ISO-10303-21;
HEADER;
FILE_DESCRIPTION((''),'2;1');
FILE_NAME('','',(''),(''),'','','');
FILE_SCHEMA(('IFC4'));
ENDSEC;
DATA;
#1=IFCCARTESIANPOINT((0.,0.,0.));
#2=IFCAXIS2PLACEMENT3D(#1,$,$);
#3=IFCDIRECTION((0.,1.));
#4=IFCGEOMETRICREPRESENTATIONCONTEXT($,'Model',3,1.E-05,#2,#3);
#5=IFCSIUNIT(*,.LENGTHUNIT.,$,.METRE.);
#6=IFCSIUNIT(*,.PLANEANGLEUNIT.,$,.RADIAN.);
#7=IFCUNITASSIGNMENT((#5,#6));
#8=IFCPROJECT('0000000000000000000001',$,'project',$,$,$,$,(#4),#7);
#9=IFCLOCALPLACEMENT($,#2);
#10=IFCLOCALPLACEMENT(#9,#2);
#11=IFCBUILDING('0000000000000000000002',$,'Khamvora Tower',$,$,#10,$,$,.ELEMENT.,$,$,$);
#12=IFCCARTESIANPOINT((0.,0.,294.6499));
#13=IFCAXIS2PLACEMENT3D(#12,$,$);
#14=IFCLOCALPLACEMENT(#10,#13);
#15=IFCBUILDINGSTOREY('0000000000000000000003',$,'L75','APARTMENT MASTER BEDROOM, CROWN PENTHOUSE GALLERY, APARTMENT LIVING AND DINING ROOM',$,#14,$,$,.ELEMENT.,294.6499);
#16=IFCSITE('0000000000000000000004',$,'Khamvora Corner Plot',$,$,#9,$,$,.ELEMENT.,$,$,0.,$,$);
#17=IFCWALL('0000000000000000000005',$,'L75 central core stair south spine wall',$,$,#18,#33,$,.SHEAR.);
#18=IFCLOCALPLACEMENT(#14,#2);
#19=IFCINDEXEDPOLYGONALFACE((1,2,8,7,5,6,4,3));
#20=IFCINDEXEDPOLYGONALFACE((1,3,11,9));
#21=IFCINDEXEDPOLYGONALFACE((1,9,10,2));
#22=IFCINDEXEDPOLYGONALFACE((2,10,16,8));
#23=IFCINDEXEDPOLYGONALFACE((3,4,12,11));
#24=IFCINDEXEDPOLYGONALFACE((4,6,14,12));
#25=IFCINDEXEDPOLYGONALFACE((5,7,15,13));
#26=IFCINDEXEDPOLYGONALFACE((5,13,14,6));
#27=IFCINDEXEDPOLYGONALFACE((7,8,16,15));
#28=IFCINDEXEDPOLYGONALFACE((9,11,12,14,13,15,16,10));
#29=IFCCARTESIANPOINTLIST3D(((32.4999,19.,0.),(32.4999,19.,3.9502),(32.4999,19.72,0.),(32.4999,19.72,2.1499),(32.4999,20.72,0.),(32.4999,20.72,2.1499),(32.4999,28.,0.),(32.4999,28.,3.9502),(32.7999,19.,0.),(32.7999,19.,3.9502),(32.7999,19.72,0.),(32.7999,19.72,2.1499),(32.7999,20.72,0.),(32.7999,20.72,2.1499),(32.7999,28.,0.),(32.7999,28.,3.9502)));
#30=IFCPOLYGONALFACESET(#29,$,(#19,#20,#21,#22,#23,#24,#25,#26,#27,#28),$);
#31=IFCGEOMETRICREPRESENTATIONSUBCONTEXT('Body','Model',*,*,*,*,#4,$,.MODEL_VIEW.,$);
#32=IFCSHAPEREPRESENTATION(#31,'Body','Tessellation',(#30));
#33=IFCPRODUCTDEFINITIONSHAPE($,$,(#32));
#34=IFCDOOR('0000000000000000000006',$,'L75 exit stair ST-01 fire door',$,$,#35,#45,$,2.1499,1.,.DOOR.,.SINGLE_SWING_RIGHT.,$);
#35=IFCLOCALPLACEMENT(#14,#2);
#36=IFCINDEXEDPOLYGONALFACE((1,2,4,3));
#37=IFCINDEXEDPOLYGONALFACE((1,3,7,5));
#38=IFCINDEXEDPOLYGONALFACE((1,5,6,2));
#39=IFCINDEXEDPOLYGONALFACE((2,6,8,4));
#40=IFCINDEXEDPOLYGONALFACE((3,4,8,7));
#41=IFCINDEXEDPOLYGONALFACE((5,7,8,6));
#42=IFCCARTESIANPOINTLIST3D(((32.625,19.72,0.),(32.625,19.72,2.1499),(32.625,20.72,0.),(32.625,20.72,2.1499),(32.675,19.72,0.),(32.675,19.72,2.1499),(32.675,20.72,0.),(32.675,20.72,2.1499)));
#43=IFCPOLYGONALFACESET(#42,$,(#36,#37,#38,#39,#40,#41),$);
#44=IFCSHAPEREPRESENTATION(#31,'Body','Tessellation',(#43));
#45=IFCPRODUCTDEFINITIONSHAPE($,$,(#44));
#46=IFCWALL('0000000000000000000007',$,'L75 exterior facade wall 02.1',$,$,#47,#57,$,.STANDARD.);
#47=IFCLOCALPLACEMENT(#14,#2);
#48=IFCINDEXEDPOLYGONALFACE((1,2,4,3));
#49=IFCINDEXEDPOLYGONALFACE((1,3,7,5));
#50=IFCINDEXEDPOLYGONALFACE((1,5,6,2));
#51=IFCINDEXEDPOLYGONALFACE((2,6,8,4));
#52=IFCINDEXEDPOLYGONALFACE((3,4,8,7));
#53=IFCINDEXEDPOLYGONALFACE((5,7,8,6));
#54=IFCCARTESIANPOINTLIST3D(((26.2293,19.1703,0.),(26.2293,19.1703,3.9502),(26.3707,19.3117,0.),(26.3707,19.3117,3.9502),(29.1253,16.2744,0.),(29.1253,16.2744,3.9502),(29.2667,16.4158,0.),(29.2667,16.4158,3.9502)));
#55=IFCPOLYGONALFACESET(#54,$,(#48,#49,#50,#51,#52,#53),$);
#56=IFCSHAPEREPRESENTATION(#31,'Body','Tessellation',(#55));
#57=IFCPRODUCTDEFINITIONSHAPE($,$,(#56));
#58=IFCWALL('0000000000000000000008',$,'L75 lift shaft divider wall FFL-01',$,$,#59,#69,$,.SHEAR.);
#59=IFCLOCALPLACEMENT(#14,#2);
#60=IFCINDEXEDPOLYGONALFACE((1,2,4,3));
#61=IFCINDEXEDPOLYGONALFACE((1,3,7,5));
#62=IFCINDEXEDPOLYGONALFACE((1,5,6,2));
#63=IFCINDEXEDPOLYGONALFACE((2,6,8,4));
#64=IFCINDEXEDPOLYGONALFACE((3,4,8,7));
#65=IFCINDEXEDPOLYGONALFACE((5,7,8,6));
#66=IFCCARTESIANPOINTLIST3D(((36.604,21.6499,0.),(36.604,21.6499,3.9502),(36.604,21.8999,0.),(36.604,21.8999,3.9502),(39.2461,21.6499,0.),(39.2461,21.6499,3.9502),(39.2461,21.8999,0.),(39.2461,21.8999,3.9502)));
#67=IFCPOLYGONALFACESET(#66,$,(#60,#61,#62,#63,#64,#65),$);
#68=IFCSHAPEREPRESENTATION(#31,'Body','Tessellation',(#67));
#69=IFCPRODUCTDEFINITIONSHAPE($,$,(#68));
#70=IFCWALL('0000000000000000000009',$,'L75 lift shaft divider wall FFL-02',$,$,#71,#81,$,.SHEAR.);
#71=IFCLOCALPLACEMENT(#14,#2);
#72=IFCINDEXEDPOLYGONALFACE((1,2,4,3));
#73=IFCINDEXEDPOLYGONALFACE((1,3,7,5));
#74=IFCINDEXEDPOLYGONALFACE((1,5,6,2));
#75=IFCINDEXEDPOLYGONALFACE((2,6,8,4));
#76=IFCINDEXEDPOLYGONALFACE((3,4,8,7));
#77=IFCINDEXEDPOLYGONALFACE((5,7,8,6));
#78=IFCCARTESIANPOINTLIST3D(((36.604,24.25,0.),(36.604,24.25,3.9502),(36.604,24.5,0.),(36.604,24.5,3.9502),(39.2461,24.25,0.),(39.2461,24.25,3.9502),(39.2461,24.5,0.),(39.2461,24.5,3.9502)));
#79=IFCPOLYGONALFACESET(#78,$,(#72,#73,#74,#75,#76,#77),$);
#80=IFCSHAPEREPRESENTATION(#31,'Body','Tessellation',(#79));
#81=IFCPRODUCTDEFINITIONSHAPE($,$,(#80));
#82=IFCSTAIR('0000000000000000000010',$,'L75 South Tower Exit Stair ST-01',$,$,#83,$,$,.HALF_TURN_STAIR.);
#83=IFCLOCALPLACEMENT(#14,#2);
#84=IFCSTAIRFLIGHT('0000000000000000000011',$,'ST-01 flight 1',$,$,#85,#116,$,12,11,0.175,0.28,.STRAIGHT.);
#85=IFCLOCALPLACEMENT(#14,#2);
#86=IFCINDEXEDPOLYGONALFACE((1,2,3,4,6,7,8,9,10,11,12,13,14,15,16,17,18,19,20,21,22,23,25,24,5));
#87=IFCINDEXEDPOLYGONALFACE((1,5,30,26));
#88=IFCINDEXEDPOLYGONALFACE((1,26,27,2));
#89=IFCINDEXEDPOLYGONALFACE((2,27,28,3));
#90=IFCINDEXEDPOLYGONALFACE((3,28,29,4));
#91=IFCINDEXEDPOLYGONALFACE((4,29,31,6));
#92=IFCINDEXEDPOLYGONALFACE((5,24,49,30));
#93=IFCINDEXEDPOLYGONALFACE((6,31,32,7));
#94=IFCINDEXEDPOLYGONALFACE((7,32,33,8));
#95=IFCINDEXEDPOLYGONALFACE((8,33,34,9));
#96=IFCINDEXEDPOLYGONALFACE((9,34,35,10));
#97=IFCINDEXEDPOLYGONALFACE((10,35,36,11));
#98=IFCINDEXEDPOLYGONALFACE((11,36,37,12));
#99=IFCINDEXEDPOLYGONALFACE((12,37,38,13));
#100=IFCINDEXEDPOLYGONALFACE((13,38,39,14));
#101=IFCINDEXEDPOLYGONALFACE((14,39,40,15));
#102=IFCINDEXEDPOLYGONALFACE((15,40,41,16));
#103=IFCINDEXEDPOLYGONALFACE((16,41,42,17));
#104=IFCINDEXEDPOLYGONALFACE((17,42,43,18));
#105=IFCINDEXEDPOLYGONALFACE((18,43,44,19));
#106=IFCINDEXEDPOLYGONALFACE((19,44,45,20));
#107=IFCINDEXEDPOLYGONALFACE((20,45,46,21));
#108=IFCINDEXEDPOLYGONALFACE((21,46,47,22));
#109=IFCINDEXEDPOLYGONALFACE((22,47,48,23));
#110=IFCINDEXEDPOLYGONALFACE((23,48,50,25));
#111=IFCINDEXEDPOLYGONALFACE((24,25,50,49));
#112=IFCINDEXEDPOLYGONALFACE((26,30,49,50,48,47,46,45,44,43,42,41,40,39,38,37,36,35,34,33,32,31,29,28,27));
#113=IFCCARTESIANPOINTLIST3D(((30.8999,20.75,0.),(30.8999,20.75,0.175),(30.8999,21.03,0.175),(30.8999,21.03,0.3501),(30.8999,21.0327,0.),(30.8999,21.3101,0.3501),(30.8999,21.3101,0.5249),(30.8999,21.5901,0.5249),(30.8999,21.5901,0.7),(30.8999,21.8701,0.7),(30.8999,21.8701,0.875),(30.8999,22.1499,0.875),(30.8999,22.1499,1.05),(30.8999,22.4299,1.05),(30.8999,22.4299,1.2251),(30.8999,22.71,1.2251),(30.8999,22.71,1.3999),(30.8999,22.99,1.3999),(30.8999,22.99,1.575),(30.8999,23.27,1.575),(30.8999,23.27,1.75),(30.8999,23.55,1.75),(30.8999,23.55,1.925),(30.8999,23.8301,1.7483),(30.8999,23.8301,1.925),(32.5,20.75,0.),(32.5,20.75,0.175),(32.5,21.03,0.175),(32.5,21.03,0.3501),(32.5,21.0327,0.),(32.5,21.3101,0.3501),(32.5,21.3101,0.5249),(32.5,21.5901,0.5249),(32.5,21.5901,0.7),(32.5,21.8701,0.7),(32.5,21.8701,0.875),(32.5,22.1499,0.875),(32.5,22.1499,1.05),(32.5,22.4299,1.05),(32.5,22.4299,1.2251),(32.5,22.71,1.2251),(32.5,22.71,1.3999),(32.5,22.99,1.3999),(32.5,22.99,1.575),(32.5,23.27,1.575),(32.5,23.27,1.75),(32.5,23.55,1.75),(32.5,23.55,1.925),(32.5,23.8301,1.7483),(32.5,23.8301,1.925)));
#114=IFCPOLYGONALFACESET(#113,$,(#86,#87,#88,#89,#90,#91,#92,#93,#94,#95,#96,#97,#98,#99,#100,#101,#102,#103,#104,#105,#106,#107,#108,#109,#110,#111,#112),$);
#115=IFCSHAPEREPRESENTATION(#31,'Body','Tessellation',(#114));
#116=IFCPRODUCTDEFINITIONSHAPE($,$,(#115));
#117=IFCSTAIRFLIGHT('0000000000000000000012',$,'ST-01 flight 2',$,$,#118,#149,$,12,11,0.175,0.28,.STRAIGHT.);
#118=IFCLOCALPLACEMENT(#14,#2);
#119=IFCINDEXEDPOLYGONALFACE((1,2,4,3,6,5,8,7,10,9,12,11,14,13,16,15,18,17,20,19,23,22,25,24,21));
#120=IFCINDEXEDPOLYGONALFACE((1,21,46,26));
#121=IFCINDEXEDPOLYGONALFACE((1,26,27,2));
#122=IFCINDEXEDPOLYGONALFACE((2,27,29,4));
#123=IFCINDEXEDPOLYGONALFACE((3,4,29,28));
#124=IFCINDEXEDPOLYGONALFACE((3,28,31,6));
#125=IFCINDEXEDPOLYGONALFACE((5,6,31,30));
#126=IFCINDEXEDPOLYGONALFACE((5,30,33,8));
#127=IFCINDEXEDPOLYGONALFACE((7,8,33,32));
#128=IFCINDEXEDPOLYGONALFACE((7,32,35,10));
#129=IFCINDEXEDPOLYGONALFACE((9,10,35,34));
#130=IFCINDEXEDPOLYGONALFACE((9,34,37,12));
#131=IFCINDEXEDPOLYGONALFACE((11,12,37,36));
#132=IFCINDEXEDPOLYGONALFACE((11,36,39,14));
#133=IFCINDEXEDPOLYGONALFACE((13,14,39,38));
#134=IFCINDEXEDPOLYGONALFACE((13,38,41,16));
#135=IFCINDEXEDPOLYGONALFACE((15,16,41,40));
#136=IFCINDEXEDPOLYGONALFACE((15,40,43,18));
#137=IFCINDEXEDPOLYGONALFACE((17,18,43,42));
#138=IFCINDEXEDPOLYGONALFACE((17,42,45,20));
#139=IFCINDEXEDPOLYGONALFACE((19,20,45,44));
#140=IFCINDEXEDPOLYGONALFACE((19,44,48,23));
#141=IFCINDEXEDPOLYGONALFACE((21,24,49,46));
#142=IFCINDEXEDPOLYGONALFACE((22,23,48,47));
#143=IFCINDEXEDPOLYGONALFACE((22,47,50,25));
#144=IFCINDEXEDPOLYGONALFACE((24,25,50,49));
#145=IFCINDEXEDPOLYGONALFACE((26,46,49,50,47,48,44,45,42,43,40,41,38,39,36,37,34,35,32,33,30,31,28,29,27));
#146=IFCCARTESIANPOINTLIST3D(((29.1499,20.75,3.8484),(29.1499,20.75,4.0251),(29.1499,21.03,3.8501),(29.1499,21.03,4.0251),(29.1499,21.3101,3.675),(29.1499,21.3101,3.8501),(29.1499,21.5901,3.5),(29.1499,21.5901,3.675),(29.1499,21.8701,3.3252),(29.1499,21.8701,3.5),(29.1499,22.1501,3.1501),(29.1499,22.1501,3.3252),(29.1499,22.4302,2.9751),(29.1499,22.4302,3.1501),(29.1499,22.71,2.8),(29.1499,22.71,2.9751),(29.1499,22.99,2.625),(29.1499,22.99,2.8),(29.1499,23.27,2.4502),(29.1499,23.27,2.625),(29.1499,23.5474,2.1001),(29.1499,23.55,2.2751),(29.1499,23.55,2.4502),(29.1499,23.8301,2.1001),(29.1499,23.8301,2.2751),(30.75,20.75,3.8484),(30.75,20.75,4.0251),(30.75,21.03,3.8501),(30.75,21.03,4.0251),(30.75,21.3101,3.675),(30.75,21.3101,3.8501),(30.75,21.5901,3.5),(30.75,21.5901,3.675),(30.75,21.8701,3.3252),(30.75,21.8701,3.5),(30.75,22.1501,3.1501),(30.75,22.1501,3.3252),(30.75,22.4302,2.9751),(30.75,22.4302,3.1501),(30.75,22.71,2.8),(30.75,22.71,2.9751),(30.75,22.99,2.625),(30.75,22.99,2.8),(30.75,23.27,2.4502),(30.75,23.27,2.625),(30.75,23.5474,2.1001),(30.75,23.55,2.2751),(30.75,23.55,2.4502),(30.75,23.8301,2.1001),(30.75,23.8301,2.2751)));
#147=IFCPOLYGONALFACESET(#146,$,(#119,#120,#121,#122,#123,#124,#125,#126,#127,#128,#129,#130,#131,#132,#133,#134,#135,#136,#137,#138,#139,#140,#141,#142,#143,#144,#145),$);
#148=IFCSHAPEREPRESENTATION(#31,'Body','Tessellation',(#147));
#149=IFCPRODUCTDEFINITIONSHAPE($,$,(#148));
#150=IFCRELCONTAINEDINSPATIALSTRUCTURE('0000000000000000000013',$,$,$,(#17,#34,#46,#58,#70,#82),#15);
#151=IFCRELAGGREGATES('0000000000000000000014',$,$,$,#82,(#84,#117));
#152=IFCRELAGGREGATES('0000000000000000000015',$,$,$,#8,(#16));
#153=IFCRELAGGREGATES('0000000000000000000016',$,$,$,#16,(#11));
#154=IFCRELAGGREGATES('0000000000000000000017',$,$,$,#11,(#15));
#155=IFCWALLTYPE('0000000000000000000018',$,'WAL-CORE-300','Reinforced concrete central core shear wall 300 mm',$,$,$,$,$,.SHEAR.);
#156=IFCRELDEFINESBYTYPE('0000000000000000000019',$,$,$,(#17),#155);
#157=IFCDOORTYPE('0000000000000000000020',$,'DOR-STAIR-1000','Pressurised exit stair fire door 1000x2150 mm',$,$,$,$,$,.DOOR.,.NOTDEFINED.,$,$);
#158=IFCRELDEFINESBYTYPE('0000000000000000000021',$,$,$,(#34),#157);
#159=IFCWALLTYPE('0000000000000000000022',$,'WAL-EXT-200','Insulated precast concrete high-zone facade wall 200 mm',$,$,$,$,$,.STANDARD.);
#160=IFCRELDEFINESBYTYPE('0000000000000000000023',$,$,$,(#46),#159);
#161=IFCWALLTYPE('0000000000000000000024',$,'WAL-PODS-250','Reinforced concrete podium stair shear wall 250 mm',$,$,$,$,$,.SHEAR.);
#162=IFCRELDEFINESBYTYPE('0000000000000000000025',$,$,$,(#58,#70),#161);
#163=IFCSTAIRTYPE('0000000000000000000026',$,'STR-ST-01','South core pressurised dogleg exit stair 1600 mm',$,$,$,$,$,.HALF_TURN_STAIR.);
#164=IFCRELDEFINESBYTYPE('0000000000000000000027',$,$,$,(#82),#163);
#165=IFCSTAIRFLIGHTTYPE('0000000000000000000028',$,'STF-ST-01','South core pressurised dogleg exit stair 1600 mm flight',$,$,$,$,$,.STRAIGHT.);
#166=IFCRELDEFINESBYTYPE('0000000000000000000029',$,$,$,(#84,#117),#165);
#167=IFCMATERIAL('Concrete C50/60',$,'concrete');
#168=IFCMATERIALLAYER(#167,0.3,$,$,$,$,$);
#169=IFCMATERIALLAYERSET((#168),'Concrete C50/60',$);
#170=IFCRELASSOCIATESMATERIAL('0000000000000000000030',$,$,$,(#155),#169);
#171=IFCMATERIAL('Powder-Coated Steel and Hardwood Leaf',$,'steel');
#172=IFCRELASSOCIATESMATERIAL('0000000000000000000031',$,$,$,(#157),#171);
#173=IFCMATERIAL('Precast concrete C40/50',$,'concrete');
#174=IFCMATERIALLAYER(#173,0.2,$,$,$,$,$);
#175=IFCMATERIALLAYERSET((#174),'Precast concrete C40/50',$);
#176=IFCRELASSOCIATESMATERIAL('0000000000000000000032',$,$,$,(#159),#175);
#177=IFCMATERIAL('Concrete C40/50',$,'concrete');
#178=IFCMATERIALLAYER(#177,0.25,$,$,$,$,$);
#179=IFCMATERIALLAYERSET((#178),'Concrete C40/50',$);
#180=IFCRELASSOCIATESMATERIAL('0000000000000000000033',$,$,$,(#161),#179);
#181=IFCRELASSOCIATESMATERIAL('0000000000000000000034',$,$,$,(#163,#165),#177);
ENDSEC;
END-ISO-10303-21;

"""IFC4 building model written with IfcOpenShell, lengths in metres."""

from ifc_helpers import new_model, si_unit, direction, frame, frame_2d, origin, place, context, subcontext, project, spatial, polyline, rectangle, outline, extrude, material, layer, layer_set, type_object, element, fill, aggregate, save


model = new_model("IFC4")

# Units and contexts
model_context = context("Model", 3, precision=1e-05, world=origin(), true_north=direction((0.0, 1.0)))
body_context = subcontext(model_context, "Body", "Model", "MODEL_VIEW")
ifc_project = project(units=[si_unit("LENGTHUNIT", "METRE"), si_unit("PLANEANGLEUNIT", "RADIAN")], contexts=[model_context])

# Site, building, storey
site_placement = place(None, origin())
site = spatial("IfcSite", under=ifc_project, at=site_placement, Name="Khamvora Corner Plot", CompositionType="ELEMENT", RefElevation=0.0)
building_placement = place(site_placement, origin())
building = spatial("IfcBuilding", under=site, at=building_placement, Name="Khamvora Tower", CompositionType="ELEMENT")
storey_placement = place(building_placement, frame((0.0, 0.0, 294.6499)))
storey = spatial("IfcBuildingStorey", under=building, at=storey_placement, Name="L75", Description="APARTMENT MASTER BEDROOM, CROWN PENTHOUSE GALLERY, APARTMENT LIVING AND DINING ROOM", CompositionType="ELEMENT", Elevation=294.6499)

# Wall, opening, door
ifc_material_1 = material(Name="Concrete C50/60", Category="concrete")
ifc_layer_1 = layer(ifc_material_1, 0.3)
ifc_layer_set_1 = layer_set([ifc_layer_1], Name="Concrete C50/60")
wall_type_1 = type_object("IfcWallType", Name="WAL-CORE-300", Description="Reinforced concrete central core shear wall 300 mm", PredefinedType="SHEAR", material=ifc_layer_set_1)
wall_1_placement = place(storey_placement, frame((32.6499, 19.0, 0.0), z_axis=(0.0, 0.0, 1.0), x_axis=(0.0, 1.0, 0.0)))
wall_1 = element("IfcWall", 1, at=wall_1_placement, inside=storey, type_object=wall_type_1, Name="L75 central core stair south spine wall", PredefinedType="SHEAR", context=body_context, shape_type="SweptSolid", body=[
    extrude(rectangle(XDim=9.0, YDim=0.3, at=frame_2d((4.5, 0.0))), origin(), (0.0, 0.0, 1.0), 3.9502),
])
opening_1_placement = place(wall_1_placement, frame((0.72, 0.0, 0.0)))
opening_1 = element("IfcOpeningElement", 2, at=opening_1_placement, cuts=wall_1, PredefinedType="OPENING", context=body_context, shape_type="SweptSolid", body=[
    extrude(rectangle(XDim=1.0, YDim=2.1499, at=frame_2d((0.5, 1.075))), frame((0.0, 0.1599, 0.0), z_axis=(0.0, -1.0, 0.0), x_axis=(1.0, 0.0, 0.0)), (0.0, 0.0, 1.0), 0.3201),
])
ifc_material_2 = material(Name="Powder-Coated Steel and Hardwood Leaf", Category="steel")
door_type_1 = type_object("IfcDoorType", Name="DOR-STAIR-1000", Description="Pressurised exit stair fire door 1000x2150 mm", OperationType="NOTDEFINED", PredefinedType="DOOR", material=ifc_material_2)
door_1_placement = place(opening_1_placement, origin())
door_1 = element("IfcDoor", 3, at=door_1_placement, inside=storey, type_object=door_type_1, Name="L75 exit stair ST-01 fire door", OperationType="SINGLE_SWING_RIGHT", OverallHeight=2.1499, OverallWidth=1.0, PredefinedType="DOOR", context=body_context, shape_type="SweptSolid", body=[
    extrude(rectangle(XDim=1.0, YDim=2.1499, at=frame_2d((0.5, 1.075))), frame((0.0, 0.0249, 0.0), z_axis=(0.0, -1.0, 0.0), x_axis=(1.0, 0.0, 0.0)), (0.0, 0.0, 1.0), 0.05),
])
fill(opening_1, door_1)

# Walls
ifc_material_3 = material(Name="Precast concrete C40/50", Category="concrete")
ifc_layer_2 = layer(ifc_material_3, 0.2)
ifc_layer_set_2 = layer_set([ifc_layer_2], Name="Precast concrete C40/50")
wall_type_2 = type_object("IfcWallType", Name="WAL-EXT-200", Description="Insulated precast concrete high-zone facade wall 200 mm", PredefinedType="STANDARD", material=ifc_layer_set_2)
wall_2_placement = place(storey_placement, frame((29.196, 16.345, 0.0), z_axis=(0.0, 0.0, 1.0), x_axis=(-0.707107, 0.707107, 0.0)))
element("IfcWall", 4, at=wall_2_placement, inside=storey, type_object=wall_type_2, Name="L75 exterior facade wall 02.1", PredefinedType="STANDARD", context=body_context, shape_type="SweptSolid", body=[
    extrude(rectangle(XDim=4.0955, YDim=0.2, at=frame_2d((2.0479, 0.0))), origin(), (0.0, 0.0, 1.0), 3.9502),
])
ifc_material_4 = material(Name="Concrete C40/50", Category="concrete")
ifc_layer_3 = layer(ifc_material_4, 0.25)
ifc_layer_set_3 = layer_set([ifc_layer_3], Name="Concrete C40/50")
wall_type_3 = type_object("IfcWallType", Name="WAL-PODS-250", Description="Reinforced concrete podium stair shear wall 250 mm", PredefinedType="SHEAR", material=ifc_layer_set_3)
for number, where, z_axis, x_axis, name in (
    (5, (36.604, 21.7749, 0.0), (0.0, 0.0, 1.0), (1.0, 0.0, 0.0), "L75 lift shaft divider wall FFL-01"),
    (6, (36.604, 24.375, 0.0), (0.0, 0.0, 1.0), (1.0, 0.0, 0.0), "L75 lift shaft divider wall FFL-02"),
):
    element("IfcWall", number, at=place(storey_placement, frame(where, z_axis=z_axis, x_axis=x_axis)), inside=storey, type_object=wall_type_3, Name=name, PredefinedType="SHEAR", context=body_context, shape_type="SweptSolid", body=[
        extrude(rectangle(XDim=2.6421, YDim=0.25, at=frame_2d((1.321, 0.0))), origin(), (0.0, 0.0, 1.0), 3.9502),
    ])

# Stair, stair flights
stair_type = type_object("IfcStairType", Name="STR-ST-01", Description="South core pressurised dogleg exit stair 1600 mm", PredefinedType="HALF_TURN_STAIR", material=ifc_material_4)
stair_placement = place(storey_placement, origin())
stair = element("IfcStair", 7, at=stair_placement, inside=storey, type_object=stair_type, Name="L75 South Tower Exit Stair ST-01", PredefinedType="HALF_TURN_STAIR")
stair_flight_type = type_object("IfcStairFlightType", Name="STF-ST-01", Description="South core pressurised dogleg exit stair 1600 mm flight", PredefinedType="STRAIGHT", material=ifc_material_4)
stair_flight_1_placement = place(storey_placement, frame((31.7, 20.75, 0.0), z_axis=(0.0, 0.0, 1.0), x_axis=(0.0, 1.0, 0.0)))
stair_flight_1 = element("IfcStairFlight", 8, at=stair_flight_1_placement, type_object=stair_flight_type, Name="ST-01 flight 1", NumberOfRisers=12, NumberOfTreads=11, PredefinedType="STRAIGHT", RiserHeight=0.175, TreadLength=0.28, context=body_context, shape_type="SweptSolid", body=[
    extrude(outline(polyline([(0.0, 0.0), (0.0, 0.175), (0.28, 0.175), (0.28, 0.3501), (0.5601, 0.3501), (0.5601, 0.5249), (0.8401, 0.5249), (0.8401, 0.7), (1.1201, 0.7), (1.1201, 0.875), (1.3999, 0.875), (1.3999, 1.05), (1.6799, 1.05), (1.6799, 1.2251), (1.96, 1.2251), (1.96, 1.3999), (2.24, 1.3999), (2.24, 1.575), (2.52, 1.575), (2.52, 1.75), (2.8, 1.75), (2.8, 1.925), (3.0801, 1.925), (3.0801, 2.1001), (3.0801, 1.7483), (0.2827, 0.0), (0.0, 0.0)])), frame((0.0, 0.8, 0.0), z_axis=(0.0, -1.0, 0.0), x_axis=(1.0, 0.0, 0.0)), (0.0, 0.0, 1.0), 1.6001),
])
stair_flight_2_placement = place(storey_placement, frame((29.95, 23.8301, 2.1001), z_axis=(0.0, 0.0, 1.0), x_axis=(0.0, -1.0, 0.0)))
stair_flight_2 = element("IfcStairFlight", 9, at=stair_flight_2_placement, type_object=stair_flight_type, Name="ST-01 flight 2", NumberOfRisers=12, NumberOfTreads=11, PredefinedType="STRAIGHT", RiserHeight=0.175, TreadLength=0.28, context=body_context, shape_type="SweptSolid", body=[
    extrude(outline(polyline([(0.0, 0.0), (0.0, 0.175), (0.28, 0.175), (0.28, 0.3501), (0.5601, 0.3501), (0.5601, 0.5249), (0.8401, 0.5249), (0.8401, 0.7), (1.1201, 0.7), (1.1201, 0.875), (1.3999, 0.875), (1.3999, 1.05), (1.6799, 1.05), (1.6799, 1.2251), (1.96, 1.2251), (1.96, 1.3999), (2.24, 1.3999), (2.24, 1.575), (2.52, 1.575), (2.52, 1.75), (2.8, 1.75), (2.8, 1.925), (3.0801, 1.925), (3.0801, 2.1001), (3.0801, 1.7483), (0.2827, 0.0), (0.0, 0.0)])), frame((0.0, 0.8, 0.0), z_axis=(0.0, -1.0, 0.0), x_axis=(1.0, 0.0, 0.0)), (0.0, 0.0, 1.0), 1.6001),
])
aggregate(stair, [stair_flight_1, stair_flight_2])

save(model, "model.ifc")
